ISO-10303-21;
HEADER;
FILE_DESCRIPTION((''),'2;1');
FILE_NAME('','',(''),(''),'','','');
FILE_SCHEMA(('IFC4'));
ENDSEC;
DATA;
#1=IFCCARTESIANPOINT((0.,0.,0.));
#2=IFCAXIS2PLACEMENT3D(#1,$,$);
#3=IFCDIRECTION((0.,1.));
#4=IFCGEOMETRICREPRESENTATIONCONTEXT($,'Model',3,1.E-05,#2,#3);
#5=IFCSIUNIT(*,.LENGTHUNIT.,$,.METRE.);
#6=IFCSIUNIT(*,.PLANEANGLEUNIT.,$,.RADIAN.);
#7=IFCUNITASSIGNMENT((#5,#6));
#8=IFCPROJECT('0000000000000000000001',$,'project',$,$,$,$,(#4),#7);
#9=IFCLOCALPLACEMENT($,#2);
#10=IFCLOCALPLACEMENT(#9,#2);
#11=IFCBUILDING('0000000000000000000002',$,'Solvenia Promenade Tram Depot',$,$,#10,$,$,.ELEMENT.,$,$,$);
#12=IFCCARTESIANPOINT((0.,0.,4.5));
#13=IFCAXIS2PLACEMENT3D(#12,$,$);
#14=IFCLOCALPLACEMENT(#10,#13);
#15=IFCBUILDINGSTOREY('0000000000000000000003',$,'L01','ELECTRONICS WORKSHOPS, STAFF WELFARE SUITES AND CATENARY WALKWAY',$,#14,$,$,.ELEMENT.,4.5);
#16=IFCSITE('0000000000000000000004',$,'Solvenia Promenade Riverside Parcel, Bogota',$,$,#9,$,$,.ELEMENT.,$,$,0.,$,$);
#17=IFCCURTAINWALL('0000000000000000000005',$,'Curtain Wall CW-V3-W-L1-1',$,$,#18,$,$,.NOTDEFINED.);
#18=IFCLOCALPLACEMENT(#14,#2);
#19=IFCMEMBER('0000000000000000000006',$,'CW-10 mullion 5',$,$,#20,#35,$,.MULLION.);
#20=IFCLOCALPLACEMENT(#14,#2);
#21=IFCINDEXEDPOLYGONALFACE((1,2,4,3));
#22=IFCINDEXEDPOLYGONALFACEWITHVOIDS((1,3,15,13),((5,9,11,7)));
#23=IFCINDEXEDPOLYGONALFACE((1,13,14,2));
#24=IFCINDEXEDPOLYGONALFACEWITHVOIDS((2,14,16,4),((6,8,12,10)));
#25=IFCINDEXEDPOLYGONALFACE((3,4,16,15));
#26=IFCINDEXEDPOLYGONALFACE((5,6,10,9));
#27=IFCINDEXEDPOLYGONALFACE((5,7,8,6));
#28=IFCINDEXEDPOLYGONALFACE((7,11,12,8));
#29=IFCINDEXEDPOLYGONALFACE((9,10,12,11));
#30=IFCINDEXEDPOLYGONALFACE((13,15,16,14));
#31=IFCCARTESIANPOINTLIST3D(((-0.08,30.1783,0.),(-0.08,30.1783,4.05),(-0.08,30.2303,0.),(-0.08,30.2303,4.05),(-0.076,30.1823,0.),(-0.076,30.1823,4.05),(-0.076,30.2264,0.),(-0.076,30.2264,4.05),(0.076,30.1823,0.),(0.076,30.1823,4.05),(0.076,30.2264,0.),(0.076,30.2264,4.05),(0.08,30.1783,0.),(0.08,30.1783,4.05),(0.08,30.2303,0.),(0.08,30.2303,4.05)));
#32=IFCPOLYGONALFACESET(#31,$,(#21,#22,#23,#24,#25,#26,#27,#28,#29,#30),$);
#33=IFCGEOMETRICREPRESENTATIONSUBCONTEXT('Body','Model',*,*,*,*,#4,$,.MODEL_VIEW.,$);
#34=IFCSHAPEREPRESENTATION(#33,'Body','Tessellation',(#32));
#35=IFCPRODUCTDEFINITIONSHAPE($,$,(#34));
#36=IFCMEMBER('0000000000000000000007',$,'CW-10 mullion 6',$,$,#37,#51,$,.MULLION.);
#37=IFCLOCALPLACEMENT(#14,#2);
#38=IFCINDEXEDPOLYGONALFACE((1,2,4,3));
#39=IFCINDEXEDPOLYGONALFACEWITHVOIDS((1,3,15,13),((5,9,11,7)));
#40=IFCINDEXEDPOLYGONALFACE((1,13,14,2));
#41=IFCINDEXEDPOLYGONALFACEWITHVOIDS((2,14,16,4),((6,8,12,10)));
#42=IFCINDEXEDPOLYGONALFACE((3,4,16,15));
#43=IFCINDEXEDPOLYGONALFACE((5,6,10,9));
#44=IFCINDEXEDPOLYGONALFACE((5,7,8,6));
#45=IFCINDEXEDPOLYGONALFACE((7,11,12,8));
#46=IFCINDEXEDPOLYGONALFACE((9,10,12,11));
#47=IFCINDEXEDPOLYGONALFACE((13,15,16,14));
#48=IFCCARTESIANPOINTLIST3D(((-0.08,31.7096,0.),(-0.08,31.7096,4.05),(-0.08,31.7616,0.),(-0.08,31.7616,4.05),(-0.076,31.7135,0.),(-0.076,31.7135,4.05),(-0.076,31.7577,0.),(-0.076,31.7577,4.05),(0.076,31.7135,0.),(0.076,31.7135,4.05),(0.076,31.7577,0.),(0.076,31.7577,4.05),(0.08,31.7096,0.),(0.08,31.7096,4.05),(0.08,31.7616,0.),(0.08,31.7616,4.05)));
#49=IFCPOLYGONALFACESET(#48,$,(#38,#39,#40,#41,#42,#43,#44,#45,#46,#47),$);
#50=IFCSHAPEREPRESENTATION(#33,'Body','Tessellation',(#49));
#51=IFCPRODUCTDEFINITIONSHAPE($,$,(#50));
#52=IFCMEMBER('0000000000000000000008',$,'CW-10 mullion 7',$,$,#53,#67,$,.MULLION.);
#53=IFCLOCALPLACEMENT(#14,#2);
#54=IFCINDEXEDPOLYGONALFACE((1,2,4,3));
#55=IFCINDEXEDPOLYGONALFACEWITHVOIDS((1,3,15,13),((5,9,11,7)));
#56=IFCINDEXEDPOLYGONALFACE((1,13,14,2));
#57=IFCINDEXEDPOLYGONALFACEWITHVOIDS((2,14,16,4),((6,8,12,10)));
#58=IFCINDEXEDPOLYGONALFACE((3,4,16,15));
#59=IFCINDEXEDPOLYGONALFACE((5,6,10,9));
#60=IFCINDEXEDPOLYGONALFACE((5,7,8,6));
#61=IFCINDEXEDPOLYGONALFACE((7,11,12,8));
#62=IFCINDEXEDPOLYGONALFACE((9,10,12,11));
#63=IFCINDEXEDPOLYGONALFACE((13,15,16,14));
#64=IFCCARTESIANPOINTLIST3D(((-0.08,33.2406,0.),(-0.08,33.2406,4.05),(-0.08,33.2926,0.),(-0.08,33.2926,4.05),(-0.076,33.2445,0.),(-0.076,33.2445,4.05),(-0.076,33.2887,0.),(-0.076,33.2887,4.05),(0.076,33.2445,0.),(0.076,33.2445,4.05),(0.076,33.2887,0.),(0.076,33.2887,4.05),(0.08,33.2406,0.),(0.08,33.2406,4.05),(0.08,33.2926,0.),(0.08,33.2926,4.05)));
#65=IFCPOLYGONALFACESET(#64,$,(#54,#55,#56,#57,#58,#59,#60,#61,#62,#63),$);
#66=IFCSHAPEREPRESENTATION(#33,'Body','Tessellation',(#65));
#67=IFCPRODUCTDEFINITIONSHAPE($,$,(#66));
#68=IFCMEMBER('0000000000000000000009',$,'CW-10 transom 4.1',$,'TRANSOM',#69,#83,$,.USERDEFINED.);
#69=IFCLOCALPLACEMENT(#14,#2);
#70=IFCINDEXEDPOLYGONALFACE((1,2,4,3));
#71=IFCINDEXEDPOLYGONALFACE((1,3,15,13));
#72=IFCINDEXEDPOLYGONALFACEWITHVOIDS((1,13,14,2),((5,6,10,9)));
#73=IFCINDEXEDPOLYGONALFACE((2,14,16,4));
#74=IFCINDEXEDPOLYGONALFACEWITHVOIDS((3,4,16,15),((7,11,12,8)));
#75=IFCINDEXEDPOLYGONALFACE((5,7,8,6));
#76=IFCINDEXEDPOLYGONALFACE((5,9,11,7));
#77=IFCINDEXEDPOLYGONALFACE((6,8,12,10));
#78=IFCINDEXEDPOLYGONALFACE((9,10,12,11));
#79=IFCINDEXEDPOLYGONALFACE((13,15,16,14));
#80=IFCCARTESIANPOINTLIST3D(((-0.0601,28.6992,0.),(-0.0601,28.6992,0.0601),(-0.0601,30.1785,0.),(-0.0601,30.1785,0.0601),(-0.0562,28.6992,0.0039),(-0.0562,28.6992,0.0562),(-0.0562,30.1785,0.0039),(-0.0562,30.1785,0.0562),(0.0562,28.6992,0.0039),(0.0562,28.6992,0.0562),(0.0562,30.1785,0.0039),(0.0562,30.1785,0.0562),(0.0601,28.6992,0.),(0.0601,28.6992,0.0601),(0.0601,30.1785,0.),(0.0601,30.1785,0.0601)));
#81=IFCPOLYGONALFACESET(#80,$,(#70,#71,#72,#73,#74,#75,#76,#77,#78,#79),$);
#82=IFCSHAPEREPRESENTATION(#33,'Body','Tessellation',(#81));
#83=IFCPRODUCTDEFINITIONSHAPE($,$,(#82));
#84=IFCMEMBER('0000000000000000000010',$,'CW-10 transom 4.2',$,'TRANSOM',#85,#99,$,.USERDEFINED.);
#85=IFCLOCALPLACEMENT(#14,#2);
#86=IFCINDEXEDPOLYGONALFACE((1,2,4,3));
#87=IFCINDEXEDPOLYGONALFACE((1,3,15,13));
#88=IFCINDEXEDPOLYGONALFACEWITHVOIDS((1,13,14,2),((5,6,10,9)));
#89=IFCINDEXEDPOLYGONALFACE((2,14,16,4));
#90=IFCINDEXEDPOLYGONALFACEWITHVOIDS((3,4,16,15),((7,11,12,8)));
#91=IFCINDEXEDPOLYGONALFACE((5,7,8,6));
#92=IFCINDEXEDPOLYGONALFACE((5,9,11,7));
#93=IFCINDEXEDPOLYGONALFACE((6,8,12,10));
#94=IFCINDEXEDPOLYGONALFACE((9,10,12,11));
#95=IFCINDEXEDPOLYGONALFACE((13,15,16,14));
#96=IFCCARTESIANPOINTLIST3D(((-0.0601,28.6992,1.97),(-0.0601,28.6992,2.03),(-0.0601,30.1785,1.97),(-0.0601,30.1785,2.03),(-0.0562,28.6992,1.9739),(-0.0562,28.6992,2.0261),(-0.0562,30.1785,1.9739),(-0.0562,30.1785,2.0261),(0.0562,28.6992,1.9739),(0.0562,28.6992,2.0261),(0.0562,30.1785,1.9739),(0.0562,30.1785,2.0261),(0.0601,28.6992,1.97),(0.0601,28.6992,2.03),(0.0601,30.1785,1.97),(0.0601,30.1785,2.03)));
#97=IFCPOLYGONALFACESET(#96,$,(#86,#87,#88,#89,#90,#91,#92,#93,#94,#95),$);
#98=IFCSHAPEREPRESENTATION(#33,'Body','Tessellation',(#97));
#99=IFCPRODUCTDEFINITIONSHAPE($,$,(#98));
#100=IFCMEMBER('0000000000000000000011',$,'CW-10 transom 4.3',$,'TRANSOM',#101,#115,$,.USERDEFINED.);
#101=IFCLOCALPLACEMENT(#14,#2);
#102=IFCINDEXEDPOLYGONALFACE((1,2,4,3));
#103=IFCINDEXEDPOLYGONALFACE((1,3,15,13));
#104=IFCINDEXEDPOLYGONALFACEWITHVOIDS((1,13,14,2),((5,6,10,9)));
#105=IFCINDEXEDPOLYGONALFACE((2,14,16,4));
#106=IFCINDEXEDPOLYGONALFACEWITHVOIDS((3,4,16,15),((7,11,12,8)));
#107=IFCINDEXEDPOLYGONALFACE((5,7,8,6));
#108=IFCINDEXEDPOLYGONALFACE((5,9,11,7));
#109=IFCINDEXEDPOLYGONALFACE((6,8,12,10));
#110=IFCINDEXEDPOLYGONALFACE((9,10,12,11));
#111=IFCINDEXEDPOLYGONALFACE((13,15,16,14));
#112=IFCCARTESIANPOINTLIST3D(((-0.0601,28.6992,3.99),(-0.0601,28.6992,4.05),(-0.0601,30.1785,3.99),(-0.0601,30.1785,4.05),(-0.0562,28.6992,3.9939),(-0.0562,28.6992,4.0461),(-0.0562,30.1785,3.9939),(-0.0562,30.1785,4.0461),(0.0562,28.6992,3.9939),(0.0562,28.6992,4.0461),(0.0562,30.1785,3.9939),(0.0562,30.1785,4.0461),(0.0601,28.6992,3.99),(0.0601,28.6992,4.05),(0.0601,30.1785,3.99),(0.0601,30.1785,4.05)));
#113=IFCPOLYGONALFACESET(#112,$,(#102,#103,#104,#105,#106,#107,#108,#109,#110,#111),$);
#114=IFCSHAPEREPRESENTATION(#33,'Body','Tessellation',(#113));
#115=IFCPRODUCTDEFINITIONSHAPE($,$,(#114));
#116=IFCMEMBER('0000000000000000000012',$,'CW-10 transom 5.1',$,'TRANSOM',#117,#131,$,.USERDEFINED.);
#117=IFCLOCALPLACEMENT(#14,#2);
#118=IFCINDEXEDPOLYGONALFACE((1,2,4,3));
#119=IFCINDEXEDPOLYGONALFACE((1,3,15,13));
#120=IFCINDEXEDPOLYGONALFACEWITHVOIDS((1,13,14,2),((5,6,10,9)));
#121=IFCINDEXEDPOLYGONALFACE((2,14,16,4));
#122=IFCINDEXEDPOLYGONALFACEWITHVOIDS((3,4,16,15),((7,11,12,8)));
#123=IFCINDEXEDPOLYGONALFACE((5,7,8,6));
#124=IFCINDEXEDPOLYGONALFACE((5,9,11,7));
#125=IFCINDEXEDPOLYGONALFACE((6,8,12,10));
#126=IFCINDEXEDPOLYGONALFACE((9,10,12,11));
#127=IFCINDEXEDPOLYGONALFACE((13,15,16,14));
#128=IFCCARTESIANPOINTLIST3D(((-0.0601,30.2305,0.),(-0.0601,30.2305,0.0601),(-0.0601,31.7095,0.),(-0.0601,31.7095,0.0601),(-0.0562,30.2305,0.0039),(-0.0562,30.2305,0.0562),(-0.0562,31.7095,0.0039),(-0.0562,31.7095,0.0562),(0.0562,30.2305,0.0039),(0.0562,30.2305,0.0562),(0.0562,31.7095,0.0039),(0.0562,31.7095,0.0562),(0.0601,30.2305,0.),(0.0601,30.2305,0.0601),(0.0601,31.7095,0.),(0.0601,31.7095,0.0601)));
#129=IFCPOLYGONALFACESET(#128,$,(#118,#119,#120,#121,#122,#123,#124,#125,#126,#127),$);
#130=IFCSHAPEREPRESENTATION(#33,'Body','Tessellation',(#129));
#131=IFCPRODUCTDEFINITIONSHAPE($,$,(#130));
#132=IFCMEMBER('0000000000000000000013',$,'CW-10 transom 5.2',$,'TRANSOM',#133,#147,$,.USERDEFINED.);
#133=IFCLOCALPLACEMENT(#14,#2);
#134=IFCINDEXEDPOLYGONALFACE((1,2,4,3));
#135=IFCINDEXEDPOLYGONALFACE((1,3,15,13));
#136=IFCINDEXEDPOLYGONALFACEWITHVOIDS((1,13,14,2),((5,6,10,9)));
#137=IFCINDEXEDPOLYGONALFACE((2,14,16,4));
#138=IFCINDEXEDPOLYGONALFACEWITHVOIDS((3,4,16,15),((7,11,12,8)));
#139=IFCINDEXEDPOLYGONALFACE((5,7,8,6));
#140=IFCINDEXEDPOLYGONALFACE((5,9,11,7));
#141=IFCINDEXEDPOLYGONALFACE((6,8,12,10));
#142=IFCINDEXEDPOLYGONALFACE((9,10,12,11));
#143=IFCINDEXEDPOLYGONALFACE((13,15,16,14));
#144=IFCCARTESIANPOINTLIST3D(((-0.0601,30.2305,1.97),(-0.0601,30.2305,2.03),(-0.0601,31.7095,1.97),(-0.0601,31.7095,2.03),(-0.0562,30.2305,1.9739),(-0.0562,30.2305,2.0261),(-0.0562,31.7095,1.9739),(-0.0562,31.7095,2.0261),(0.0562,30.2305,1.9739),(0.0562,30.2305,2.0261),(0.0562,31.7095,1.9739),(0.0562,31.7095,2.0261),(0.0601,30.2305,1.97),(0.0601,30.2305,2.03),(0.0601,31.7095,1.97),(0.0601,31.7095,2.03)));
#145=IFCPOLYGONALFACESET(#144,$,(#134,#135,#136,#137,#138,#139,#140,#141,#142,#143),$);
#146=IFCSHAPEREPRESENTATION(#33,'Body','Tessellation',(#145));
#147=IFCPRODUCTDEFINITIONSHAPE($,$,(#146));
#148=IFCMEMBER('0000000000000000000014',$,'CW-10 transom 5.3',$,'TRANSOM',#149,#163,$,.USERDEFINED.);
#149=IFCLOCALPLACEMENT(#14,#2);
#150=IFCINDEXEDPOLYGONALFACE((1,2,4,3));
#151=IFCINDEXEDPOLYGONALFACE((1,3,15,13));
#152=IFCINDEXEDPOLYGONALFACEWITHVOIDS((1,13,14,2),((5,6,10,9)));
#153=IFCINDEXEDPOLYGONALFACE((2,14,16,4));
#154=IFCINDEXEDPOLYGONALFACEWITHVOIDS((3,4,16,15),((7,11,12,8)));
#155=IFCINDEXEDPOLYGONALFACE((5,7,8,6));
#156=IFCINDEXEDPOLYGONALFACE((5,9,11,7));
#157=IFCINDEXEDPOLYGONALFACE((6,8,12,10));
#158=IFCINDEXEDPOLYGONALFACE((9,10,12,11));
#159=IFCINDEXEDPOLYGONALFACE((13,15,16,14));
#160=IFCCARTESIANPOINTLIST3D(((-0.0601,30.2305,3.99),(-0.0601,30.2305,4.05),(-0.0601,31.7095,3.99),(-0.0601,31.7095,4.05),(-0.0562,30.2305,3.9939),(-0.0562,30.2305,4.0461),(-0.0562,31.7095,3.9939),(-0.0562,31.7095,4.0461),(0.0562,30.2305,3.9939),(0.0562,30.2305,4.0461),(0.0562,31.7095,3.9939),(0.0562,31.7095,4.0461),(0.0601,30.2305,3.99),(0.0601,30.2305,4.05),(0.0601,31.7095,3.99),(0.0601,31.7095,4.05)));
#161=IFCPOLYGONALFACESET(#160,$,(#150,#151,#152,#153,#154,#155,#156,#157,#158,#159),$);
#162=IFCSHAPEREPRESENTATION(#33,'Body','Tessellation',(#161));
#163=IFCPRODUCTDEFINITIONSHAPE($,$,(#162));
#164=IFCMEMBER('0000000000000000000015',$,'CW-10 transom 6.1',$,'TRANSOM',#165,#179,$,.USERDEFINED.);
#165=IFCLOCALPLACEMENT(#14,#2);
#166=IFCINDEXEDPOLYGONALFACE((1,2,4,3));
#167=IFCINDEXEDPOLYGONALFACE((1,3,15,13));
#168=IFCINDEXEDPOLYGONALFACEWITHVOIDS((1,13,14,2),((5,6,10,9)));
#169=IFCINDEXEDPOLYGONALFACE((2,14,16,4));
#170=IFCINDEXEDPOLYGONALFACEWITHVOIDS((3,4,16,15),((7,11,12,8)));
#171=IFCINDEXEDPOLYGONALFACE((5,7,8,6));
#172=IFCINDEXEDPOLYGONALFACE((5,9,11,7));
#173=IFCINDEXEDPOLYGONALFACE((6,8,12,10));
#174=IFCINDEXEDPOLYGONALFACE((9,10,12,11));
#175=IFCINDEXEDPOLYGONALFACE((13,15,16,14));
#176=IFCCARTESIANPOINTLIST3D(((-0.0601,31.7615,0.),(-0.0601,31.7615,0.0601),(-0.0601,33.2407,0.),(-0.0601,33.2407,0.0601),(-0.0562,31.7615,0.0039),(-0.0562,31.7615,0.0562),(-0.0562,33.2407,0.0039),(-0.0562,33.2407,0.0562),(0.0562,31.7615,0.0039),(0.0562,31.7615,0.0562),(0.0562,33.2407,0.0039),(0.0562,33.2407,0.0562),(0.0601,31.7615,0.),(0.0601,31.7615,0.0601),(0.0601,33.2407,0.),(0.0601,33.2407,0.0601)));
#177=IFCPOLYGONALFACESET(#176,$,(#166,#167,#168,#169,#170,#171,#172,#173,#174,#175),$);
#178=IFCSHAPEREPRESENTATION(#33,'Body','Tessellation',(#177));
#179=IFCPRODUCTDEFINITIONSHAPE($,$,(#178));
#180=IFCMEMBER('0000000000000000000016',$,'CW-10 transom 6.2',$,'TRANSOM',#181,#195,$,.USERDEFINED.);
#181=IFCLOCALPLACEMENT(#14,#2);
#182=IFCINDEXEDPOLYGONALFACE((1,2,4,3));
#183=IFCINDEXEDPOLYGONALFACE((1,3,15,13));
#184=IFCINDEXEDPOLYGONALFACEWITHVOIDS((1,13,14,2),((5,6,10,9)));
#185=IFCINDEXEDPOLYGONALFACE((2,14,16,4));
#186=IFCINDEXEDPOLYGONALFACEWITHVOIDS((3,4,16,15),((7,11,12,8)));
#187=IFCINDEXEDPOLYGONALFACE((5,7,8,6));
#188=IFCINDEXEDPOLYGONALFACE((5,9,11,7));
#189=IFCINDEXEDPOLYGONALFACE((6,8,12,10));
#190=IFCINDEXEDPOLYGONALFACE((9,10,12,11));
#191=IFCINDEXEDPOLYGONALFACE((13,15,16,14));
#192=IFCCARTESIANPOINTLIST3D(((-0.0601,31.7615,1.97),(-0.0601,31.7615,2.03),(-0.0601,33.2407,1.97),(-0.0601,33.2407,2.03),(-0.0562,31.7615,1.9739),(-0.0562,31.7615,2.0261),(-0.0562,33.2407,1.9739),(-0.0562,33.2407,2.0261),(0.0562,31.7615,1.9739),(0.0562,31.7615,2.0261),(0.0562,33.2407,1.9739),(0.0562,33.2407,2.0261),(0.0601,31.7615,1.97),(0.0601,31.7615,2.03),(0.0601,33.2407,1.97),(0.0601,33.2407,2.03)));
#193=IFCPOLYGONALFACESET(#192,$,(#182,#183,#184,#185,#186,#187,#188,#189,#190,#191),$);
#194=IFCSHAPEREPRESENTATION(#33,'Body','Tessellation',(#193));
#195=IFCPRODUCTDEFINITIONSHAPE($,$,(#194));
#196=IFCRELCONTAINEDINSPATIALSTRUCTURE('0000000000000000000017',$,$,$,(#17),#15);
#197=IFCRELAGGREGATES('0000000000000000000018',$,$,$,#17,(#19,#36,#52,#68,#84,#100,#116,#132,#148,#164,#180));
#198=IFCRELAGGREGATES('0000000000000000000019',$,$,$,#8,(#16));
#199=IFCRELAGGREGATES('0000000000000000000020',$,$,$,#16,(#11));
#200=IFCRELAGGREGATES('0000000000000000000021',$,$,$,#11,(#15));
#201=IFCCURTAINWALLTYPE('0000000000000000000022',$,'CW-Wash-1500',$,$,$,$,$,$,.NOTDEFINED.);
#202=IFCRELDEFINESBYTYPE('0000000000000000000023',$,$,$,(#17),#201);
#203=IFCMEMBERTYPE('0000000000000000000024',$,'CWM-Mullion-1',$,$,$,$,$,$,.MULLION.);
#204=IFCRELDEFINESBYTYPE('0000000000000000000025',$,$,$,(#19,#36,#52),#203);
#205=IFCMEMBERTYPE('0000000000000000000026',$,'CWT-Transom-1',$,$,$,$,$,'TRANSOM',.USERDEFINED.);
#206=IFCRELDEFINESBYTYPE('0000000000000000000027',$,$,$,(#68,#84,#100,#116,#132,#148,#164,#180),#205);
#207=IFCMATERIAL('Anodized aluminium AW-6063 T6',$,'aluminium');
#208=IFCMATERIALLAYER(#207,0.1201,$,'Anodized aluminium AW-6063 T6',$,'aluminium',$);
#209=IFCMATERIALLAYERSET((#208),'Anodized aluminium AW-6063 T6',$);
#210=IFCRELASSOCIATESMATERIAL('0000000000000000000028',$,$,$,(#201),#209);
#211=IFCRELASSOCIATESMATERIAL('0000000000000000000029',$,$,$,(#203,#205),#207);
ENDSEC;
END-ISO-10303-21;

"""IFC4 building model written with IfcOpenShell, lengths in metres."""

from ifc_helpers import new_model, si_unit, direction, frame, origin, origin_2d, place, context, subcontext, project, spatial, hollow_rectangle, extrude, material, layer, layer_set, material_profile, profile_set, type_object, element, aggregate, save


model = new_model("IFC4")

# Units and contexts
model_context = context("Model", 3, precision=1e-05, world=origin(), true_north=direction((0.0, 1.0)))
body_context = subcontext(model_context, "Body", "Model", "MODEL_VIEW")
ifc_project = project(units=[si_unit("LENGTHUNIT", "METRE"), si_unit("PLANEANGLEUNIT", "RADIAN")], contexts=[model_context])

# Site, building, storey
site_placement = place(None, origin())
site = spatial("IfcSite", under=ifc_project, at=site_placement, Name="Solvenia Promenade Riverside Parcel, Bogota", CompositionType="ELEMENT", RefElevation=0.0)
building_placement = place(site_placement, origin())
building = spatial("IfcBuilding", under=site, at=building_placement, Name="Solvenia Promenade Tram Depot", CompositionType="ELEMENT")
storey_placement = place(building_placement, frame((0.0, 0.0, 4.5)))
storey = spatial("IfcBuildingStorey", under=building, at=storey_placement, Name="L01", Description="ELECTRONICS WORKSHOPS, STAFF WELFARE SUITES AND CATENARY WALKWAY", CompositionType="ELEMENT", Elevation=4.5)

# Curtain wall, members
ifc_material_1 = material(Name="Anodized aluminium AW-6063 T6", Category="aluminium")
ifc_layer_1 = layer(ifc_material_1, 0.1201, Name="Anodized aluminium AW-6063 T6", Category="aluminium")
ifc_layer_set_1 = layer_set([ifc_layer_1], Name="Anodized aluminium AW-6063 T6")
curtain_wall_type = type_object("IfcCurtainWallType", Name="CW-Wash-1500", PredefinedType="NOTDEFINED", material=ifc_layer_set_1)
curtain_wall_placement = place(storey_placement, origin())
curtain_wall = element("IfcCurtainWall", 1, at=curtain_wall_placement, inside=storey, type_object=curtain_wall_type, Name="Curtain Wall CW-V3-W-L1-1", PredefinedType="NOTDEFINED")
ifc_material_profile_1 = material_profile(ifc_material_1, hollow_rectangle(XDim=0.1599, YDim=0.052, WallThickness=0.0039, at=origin_2d()), Name="ALU-M1", Category="aluminium")
ifc_profile_set_1 = profile_set([ifc_material_profile_1], Name="Anodized aluminium AW-6063 T6")
member_type_1 = type_object("IfcMemberType", Name="CWM-Mullion-1", PredefinedType="MULLION", material=ifc_profile_set_1)
member_1_placement = place(storey_placement, frame((0.0, 30.2043, 0.0), z_axis=(0.0, 0.0, 1.0), x_axis=(-1.0, 0.0, 0.0)))
member_1 = element("IfcMember", 2, at=member_1_placement, type_object=member_type_1, Name="CW-10 mullion 5", PredefinedType="MULLION", context=body_context, shape_type="SweptSolid", body=[
    extrude(hollow_rectangle(XDim=0.1599, YDim=0.052, WallThickness=0.0039, at=origin_2d()), origin(), (0.0, 0.0, 1.0), 4.05),
])
member_2_placement = place(storey_placement, frame((0.0, 31.7356, 0.0), z_axis=(0.0, 0.0, 1.0), x_axis=(-1.0, 0.0, 0.0)))
member_2 = element("IfcMember", 3, at=member_2_placement, type_object=member_type_1, Name="CW-10 mullion 6", PredefinedType="MULLION", context=body_context, shape_type="SweptSolid", body=[
    extrude(hollow_rectangle(XDim=0.1599, YDim=0.052, WallThickness=0.0039, at=origin_2d()), origin(), (0.0, 0.0, 1.0), 4.05),
])
member_3_placement = place(storey_placement, frame((0.0, 33.2666, 0.0), z_axis=(0.0, 0.0, 1.0), x_axis=(-1.0, 0.0, 0.0)))
member_3 = element("IfcMember", 4, at=member_3_placement, type_object=member_type_1, Name="CW-10 mullion 7", PredefinedType="MULLION", context=body_context, shape_type="SweptSolid", body=[
    extrude(hollow_rectangle(XDim=0.1599, YDim=0.052, WallThickness=0.0039, at=origin_2d()), origin(), (0.0, 0.0, 1.0), 4.05),
])
ifc_material_profile_2 = material_profile(ifc_material_1, hollow_rectangle(XDim=0.1201, YDim=0.0601, WallThickness=0.0039, at=origin_2d()), Name="ALU-T1", Category="aluminium")
ifc_profile_set_2 = profile_set([ifc_material_profile_2], Name="Anodized aluminium AW-6063 T6")
member_type_2 = type_object("IfcMemberType", Name="CWT-Transom-1", ElementType="TRANSOM", PredefinedType="USERDEFINED", material=ifc_profile_set_2)
member_4_placement = place(storey_placement, frame((0.0, 28.6992, 0.03), z_axis=(0.0, 1.0, 0.0), x_axis=(-1.0, 0.0, 0.0)))
member_4 = element("IfcMember", 5, at=member_4_placement, type_object=member_type_2, Name="CW-10 transom 4.1", ObjectType="TRANSOM", PredefinedType="USERDEFINED", context=body_context, shape_type="SweptSolid", body=[
    extrude(hollow_rectangle(XDim=0.1201, YDim=0.0601, WallThickness=0.0039, at=origin_2d()), origin(), (0.0, 0.0, 1.0), 1.4792),
])
member_5_placement = place(storey_placement, frame((0.0, 28.6992, 2.0), z_axis=(0.0, 1.0, 0.0), x_axis=(-1.0, 0.0, 0.0)))
member_5 = element("IfcMember", 6, at=member_5_placement, type_object=member_type_2, Name="CW-10 transom 4.2", ObjectType="TRANSOM", PredefinedType="USERDEFINED", context=body_context, shape_type="SweptSolid", body=[
    extrude(hollow_rectangle(XDim=0.1201, YDim=0.0601, WallThickness=0.0039, at=origin_2d()), origin(), (0.0, 0.0, 1.0), 1.4792),
])
member_6_placement = place(storey_placement, frame((0.0, 28.6992, 4.02), z_axis=(0.0, 1.0, 0.0), x_axis=(-1.0, 0.0, 0.0)))
member_6 = element("IfcMember", 7, at=member_6_placement, type_object=member_type_2, Name="CW-10 transom 4.3", ObjectType="TRANSOM", PredefinedType="USERDEFINED", context=body_context, shape_type="SweptSolid", body=[
    extrude(hollow_rectangle(XDim=0.1201, YDim=0.0601, WallThickness=0.0039, at=origin_2d()), origin(), (0.0, 0.0, 1.0), 1.4792),
])
member_7_placement = place(storey_placement, frame((0.0, 30.2305, 0.03), z_axis=(0.0, 1.0, 0.0), x_axis=(-1.0, 0.0, 0.0)))
member_7 = element("IfcMember", 8, at=member_7_placement, type_object=member_type_2, Name="CW-10 transom 5.1", ObjectType="TRANSOM", PredefinedType="USERDEFINED", context=body_context, shape_type="SweptSolid", body=[
    extrude(hollow_rectangle(XDim=0.1201, YDim=0.0601, WallThickness=0.0039, at=origin_2d()), origin(), (0.0, 0.0, 1.0), 1.479),
])
member_8_placement = place(storey_placement, frame((0.0, 30.2305, 2.0), z_axis=(0.0, 1.0, 0.0), x_axis=(-1.0, 0.0, 0.0)))
member_8 = element("IfcMember", 9, at=member_8_placement, type_object=member_type_2, Name="CW-10 transom 5.2", ObjectType="TRANSOM", PredefinedType="USERDEFINED", context=body_context, shape_type="SweptSolid", body=[
    extrude(hollow_rectangle(XDim=0.1201, YDim=0.0601, WallThickness=0.0039, at=origin_2d()), origin(), (0.0, 0.0, 1.0), 1.479),
])
member_9_placement = place(storey_placement, frame((0.0, 30.2305, 4.02), z_axis=(0.0, 1.0, 0.0), x_axis=(-1.0, 0.0, 0.0)))
member_9 = element("IfcMember", 10, at=member_9_placement, type_object=member_type_2, Name="CW-10 transom 5.3", ObjectType="TRANSOM", PredefinedType="USERDEFINED", context=body_context, shape_type="SweptSolid", body=[
    extrude(hollow_rectangle(XDim=0.1201, YDim=0.0601, WallThickness=0.0039, at=origin_2d()), origin(), (0.0, 0.0, 1.0), 1.479),
])
member_10_placement = place(storey_placement, frame((0.0, 31.7615, 0.03), z_axis=(0.0, 1.0, 0.0), x_axis=(-1.0, 0.0, 0.0)))
member_10 = element("IfcMember", 11, at=member_10_placement, type_object=member_type_2, Name="CW-10 transom 6.1", ObjectType="TRANSOM", PredefinedType="USERDEFINED", context=body_context, shape_type="SweptSolid", body=[
    extrude(hollow_rectangle(XDim=0.1201, YDim=0.0601, WallThickness=0.0039, at=origin_2d()), origin(), (0.0, 0.0, 1.0), 1.4792),
])
member_11_placement = place(storey_placement, frame((0.0, 31.7615, 2.0), z_axis=(0.0, 1.0, 0.0), x_axis=(-1.0, 0.0, 0.0)))
member_11 = element("IfcMember", 12, at=member_11_placement, type_object=member_type_2, Name="CW-10 transom 6.2", ObjectType="TRANSOM", PredefinedType="USERDEFINED", context=body_context, shape_type="SweptSolid", body=[
    extrude(hollow_rectangle(XDim=0.1201, YDim=0.0601, WallThickness=0.0039, at=origin_2d()), origin(), (0.0, 0.0, 1.0), 1.4792),
])

aggregate(curtain_wall, [member_1, member_2, member_3, member_4, member_5, member_6, member_7, member_8, member_9, member_10, member_11])

save(model, "model.ifc")
